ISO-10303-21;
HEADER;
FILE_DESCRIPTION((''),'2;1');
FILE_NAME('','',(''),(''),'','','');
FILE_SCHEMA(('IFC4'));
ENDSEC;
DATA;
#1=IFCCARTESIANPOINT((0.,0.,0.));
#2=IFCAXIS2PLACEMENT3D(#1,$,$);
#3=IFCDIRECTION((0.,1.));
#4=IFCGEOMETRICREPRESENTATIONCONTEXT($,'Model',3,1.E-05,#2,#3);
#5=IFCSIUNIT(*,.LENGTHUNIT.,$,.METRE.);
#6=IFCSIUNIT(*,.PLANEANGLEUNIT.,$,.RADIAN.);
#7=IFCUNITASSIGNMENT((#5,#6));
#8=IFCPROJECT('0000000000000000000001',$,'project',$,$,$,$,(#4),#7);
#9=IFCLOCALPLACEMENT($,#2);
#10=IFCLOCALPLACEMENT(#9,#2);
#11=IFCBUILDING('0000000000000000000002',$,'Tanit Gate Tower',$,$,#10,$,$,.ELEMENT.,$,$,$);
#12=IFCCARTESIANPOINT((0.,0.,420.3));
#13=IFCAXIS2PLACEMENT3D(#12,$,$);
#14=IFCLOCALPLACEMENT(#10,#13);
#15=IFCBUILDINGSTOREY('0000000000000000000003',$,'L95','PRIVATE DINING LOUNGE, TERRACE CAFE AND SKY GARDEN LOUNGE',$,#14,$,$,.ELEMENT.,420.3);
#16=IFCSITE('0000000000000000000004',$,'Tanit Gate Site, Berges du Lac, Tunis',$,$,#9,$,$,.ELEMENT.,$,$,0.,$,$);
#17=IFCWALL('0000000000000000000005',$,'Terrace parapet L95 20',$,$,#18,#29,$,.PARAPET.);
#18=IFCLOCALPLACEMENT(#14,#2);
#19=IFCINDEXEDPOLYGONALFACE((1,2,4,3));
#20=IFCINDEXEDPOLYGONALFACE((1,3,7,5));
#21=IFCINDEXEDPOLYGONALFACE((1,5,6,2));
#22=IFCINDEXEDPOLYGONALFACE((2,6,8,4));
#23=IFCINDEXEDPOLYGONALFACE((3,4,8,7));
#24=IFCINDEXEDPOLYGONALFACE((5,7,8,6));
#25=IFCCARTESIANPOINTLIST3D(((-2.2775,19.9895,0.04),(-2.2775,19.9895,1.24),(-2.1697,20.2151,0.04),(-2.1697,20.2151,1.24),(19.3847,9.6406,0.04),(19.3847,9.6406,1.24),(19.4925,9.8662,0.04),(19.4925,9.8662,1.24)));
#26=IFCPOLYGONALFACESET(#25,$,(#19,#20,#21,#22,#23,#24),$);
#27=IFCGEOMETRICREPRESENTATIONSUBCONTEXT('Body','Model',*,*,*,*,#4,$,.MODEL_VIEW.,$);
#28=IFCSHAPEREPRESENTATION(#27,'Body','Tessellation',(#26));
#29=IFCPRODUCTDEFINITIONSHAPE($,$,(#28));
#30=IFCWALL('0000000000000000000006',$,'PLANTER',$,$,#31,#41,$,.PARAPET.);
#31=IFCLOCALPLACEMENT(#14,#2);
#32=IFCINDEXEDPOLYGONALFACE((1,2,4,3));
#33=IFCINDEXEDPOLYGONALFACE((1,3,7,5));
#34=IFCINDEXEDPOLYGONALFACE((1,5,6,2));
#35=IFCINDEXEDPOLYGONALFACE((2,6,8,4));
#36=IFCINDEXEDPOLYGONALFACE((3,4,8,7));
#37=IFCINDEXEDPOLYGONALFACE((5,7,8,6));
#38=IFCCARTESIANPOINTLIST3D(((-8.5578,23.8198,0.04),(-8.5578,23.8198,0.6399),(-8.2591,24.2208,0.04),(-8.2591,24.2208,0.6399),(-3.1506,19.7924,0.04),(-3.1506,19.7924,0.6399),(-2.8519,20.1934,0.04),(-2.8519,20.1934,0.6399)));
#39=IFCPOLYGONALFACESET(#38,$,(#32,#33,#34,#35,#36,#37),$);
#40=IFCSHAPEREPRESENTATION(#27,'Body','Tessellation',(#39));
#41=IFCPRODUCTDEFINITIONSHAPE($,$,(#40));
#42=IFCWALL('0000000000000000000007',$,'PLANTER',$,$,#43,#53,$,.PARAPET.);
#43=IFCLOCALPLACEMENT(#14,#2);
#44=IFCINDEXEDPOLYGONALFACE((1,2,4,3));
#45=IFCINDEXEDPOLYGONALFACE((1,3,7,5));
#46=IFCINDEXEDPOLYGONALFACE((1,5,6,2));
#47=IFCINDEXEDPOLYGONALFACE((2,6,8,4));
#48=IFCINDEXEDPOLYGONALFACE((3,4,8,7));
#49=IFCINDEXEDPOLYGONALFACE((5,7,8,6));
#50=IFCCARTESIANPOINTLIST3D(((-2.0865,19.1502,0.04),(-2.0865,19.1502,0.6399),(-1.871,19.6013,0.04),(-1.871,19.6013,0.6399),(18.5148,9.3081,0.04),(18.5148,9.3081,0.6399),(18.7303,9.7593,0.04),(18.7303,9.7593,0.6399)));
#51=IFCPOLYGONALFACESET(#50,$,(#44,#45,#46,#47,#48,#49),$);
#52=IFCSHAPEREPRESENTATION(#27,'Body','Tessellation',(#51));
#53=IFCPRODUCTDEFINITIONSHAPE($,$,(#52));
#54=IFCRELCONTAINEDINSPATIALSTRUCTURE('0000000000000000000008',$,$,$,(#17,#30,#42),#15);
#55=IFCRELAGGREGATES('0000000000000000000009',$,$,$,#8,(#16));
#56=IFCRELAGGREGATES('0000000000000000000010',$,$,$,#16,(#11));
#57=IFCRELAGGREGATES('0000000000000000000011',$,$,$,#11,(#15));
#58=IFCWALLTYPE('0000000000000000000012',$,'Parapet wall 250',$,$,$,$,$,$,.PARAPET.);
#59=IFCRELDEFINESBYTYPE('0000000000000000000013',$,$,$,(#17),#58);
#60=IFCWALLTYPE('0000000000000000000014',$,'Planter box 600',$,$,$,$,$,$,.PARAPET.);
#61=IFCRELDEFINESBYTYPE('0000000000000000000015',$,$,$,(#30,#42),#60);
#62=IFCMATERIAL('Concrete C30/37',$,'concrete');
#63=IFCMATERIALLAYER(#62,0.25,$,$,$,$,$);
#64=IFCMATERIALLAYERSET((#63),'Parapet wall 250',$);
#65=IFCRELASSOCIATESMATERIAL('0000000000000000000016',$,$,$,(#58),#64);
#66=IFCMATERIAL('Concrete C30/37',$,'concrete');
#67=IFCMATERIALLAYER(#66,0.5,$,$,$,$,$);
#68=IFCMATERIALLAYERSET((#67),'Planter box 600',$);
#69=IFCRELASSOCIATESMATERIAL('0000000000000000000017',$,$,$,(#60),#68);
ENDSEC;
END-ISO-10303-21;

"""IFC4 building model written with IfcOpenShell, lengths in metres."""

from ifc_helpers import new_model, si_unit, direction, frame, frame_2d, origin, place, context, subcontext, project, spatial, rectangle, extrude, material, layer, layer_set, type_object, element, save


model = new_model("IFC4")

# Units and contexts
model_context = context("Model", 3, precision=1e-05, world=origin(), true_north=direction((0.0, 1.0)))
body_context = subcontext(model_context, "Body", "Model", "MODEL_VIEW")
ifc_project = project(units=[si_unit("LENGTHUNIT", "METRE"), si_unit("PLANEANGLEUNIT", "RADIAN")], contexts=[model_context])

# Site, building, storey
site_placement = place(None, origin())
site = spatial("IfcSite", under=ifc_project, at=site_placement, Name="Tanit Gate Site, Berges du Lac, Tunis", CompositionType="ELEMENT", RefElevation=0.0)
building_placement = place(site_placement, origin())
building = spatial("IfcBuilding", under=site, at=building_placement, Name="Tanit Gate Tower", CompositionType="ELEMENT")
storey_placement = place(building_placement, frame((0.0, 0.0, 420.3)))
storey = spatial("IfcBuildingStorey", under=building, at=storey_placement, Name="L95", Description="PRIVATE DINING LOUNGE, TERRACE CAFE AND SKY GARDEN LOUNGE", CompositionType="ELEMENT", Elevation=420.3)

# Walls
ifc_material_1 = material(Name="Concrete C30/37", Category="concrete")
ifc_layer_1 = layer(ifc_material_1, 0.25)
ifc_layer_set_1 = layer_set([ifc_layer_1], Name="Parapet wall 250")
wall_type_1 = type_object("IfcWallType", Name="Parapet wall 250", PredefinedType="PARAPET", material=ifc_layer_set_1)
wall_1_placement = place(storey_placement, frame((-2.2236, 20.1023, 0.04), z_axis=(0.0, 0.0, 1.0), x_axis=(0.902317, -0.431074, 0.0)))
element("IfcWall", 1, at=wall_1_placement, inside=storey, type_object=wall_type_1, Name="Terrace parapet L95 20", PredefinedType="PARAPET", context=body_context, shape_type="SweptSolid", body=[
    extrude(rectangle(XDim=24.0073, YDim=0.25, at=frame_2d((12.0037, 0.0))), origin(), (0.0, 0.0, 1.0), 1.2),
])
ifc_material_2 = material(Name="Concrete C30/37", Category="concrete")
ifc_layer_2 = layer(ifc_material_2, 0.5)
ifc_layer_set_2 = layer_set([ifc_layer_2], Name="Planter box 600")
wall_type_2 = type_object("IfcWallType", Name="Planter box 600", PredefinedType="PARAPET", material=ifc_layer_set_2)
wall_2_placement = place(storey_placement, frame((-8.4084, 24.0203, 0.04), z_axis=(0.0, 0.0, 1.0), x_axis=(0.801994, -0.597332, 0.0)))
element("IfcWall", 2, at=wall_2_placement, inside=storey, type_object=wall_type_2, Name="PLANTER", PredefinedType="PARAPET", context=body_context, shape_type="SweptSolid", body=[
    extrude(rectangle(XDim=6.7422, YDim=0.5, at=frame_2d((3.3711, 0.0))), origin(), (0.0, 0.0, 1.0), 0.5999),
])
wall_3_placement = place(storey_placement, frame((-1.9788, 19.3757, 0.04), z_axis=(0.0, 0.0, 1.0), x_axis=(0.902318, -0.431072, 0.0)))
element("IfcWall", 3, at=wall_3_placement, inside=storey, type_object=wall_type_2, Name="PLANTER", PredefinedType="PARAPET", context=body_context, shape_type="SweptSolid", body=[
    extrude(rectangle(XDim=22.8315, YDim=0.5, at=frame_2d((11.4158, 0.0))), origin(), (0.0, 0.0, 1.0), 0.5999),
])

save(model, "model.ifc")
